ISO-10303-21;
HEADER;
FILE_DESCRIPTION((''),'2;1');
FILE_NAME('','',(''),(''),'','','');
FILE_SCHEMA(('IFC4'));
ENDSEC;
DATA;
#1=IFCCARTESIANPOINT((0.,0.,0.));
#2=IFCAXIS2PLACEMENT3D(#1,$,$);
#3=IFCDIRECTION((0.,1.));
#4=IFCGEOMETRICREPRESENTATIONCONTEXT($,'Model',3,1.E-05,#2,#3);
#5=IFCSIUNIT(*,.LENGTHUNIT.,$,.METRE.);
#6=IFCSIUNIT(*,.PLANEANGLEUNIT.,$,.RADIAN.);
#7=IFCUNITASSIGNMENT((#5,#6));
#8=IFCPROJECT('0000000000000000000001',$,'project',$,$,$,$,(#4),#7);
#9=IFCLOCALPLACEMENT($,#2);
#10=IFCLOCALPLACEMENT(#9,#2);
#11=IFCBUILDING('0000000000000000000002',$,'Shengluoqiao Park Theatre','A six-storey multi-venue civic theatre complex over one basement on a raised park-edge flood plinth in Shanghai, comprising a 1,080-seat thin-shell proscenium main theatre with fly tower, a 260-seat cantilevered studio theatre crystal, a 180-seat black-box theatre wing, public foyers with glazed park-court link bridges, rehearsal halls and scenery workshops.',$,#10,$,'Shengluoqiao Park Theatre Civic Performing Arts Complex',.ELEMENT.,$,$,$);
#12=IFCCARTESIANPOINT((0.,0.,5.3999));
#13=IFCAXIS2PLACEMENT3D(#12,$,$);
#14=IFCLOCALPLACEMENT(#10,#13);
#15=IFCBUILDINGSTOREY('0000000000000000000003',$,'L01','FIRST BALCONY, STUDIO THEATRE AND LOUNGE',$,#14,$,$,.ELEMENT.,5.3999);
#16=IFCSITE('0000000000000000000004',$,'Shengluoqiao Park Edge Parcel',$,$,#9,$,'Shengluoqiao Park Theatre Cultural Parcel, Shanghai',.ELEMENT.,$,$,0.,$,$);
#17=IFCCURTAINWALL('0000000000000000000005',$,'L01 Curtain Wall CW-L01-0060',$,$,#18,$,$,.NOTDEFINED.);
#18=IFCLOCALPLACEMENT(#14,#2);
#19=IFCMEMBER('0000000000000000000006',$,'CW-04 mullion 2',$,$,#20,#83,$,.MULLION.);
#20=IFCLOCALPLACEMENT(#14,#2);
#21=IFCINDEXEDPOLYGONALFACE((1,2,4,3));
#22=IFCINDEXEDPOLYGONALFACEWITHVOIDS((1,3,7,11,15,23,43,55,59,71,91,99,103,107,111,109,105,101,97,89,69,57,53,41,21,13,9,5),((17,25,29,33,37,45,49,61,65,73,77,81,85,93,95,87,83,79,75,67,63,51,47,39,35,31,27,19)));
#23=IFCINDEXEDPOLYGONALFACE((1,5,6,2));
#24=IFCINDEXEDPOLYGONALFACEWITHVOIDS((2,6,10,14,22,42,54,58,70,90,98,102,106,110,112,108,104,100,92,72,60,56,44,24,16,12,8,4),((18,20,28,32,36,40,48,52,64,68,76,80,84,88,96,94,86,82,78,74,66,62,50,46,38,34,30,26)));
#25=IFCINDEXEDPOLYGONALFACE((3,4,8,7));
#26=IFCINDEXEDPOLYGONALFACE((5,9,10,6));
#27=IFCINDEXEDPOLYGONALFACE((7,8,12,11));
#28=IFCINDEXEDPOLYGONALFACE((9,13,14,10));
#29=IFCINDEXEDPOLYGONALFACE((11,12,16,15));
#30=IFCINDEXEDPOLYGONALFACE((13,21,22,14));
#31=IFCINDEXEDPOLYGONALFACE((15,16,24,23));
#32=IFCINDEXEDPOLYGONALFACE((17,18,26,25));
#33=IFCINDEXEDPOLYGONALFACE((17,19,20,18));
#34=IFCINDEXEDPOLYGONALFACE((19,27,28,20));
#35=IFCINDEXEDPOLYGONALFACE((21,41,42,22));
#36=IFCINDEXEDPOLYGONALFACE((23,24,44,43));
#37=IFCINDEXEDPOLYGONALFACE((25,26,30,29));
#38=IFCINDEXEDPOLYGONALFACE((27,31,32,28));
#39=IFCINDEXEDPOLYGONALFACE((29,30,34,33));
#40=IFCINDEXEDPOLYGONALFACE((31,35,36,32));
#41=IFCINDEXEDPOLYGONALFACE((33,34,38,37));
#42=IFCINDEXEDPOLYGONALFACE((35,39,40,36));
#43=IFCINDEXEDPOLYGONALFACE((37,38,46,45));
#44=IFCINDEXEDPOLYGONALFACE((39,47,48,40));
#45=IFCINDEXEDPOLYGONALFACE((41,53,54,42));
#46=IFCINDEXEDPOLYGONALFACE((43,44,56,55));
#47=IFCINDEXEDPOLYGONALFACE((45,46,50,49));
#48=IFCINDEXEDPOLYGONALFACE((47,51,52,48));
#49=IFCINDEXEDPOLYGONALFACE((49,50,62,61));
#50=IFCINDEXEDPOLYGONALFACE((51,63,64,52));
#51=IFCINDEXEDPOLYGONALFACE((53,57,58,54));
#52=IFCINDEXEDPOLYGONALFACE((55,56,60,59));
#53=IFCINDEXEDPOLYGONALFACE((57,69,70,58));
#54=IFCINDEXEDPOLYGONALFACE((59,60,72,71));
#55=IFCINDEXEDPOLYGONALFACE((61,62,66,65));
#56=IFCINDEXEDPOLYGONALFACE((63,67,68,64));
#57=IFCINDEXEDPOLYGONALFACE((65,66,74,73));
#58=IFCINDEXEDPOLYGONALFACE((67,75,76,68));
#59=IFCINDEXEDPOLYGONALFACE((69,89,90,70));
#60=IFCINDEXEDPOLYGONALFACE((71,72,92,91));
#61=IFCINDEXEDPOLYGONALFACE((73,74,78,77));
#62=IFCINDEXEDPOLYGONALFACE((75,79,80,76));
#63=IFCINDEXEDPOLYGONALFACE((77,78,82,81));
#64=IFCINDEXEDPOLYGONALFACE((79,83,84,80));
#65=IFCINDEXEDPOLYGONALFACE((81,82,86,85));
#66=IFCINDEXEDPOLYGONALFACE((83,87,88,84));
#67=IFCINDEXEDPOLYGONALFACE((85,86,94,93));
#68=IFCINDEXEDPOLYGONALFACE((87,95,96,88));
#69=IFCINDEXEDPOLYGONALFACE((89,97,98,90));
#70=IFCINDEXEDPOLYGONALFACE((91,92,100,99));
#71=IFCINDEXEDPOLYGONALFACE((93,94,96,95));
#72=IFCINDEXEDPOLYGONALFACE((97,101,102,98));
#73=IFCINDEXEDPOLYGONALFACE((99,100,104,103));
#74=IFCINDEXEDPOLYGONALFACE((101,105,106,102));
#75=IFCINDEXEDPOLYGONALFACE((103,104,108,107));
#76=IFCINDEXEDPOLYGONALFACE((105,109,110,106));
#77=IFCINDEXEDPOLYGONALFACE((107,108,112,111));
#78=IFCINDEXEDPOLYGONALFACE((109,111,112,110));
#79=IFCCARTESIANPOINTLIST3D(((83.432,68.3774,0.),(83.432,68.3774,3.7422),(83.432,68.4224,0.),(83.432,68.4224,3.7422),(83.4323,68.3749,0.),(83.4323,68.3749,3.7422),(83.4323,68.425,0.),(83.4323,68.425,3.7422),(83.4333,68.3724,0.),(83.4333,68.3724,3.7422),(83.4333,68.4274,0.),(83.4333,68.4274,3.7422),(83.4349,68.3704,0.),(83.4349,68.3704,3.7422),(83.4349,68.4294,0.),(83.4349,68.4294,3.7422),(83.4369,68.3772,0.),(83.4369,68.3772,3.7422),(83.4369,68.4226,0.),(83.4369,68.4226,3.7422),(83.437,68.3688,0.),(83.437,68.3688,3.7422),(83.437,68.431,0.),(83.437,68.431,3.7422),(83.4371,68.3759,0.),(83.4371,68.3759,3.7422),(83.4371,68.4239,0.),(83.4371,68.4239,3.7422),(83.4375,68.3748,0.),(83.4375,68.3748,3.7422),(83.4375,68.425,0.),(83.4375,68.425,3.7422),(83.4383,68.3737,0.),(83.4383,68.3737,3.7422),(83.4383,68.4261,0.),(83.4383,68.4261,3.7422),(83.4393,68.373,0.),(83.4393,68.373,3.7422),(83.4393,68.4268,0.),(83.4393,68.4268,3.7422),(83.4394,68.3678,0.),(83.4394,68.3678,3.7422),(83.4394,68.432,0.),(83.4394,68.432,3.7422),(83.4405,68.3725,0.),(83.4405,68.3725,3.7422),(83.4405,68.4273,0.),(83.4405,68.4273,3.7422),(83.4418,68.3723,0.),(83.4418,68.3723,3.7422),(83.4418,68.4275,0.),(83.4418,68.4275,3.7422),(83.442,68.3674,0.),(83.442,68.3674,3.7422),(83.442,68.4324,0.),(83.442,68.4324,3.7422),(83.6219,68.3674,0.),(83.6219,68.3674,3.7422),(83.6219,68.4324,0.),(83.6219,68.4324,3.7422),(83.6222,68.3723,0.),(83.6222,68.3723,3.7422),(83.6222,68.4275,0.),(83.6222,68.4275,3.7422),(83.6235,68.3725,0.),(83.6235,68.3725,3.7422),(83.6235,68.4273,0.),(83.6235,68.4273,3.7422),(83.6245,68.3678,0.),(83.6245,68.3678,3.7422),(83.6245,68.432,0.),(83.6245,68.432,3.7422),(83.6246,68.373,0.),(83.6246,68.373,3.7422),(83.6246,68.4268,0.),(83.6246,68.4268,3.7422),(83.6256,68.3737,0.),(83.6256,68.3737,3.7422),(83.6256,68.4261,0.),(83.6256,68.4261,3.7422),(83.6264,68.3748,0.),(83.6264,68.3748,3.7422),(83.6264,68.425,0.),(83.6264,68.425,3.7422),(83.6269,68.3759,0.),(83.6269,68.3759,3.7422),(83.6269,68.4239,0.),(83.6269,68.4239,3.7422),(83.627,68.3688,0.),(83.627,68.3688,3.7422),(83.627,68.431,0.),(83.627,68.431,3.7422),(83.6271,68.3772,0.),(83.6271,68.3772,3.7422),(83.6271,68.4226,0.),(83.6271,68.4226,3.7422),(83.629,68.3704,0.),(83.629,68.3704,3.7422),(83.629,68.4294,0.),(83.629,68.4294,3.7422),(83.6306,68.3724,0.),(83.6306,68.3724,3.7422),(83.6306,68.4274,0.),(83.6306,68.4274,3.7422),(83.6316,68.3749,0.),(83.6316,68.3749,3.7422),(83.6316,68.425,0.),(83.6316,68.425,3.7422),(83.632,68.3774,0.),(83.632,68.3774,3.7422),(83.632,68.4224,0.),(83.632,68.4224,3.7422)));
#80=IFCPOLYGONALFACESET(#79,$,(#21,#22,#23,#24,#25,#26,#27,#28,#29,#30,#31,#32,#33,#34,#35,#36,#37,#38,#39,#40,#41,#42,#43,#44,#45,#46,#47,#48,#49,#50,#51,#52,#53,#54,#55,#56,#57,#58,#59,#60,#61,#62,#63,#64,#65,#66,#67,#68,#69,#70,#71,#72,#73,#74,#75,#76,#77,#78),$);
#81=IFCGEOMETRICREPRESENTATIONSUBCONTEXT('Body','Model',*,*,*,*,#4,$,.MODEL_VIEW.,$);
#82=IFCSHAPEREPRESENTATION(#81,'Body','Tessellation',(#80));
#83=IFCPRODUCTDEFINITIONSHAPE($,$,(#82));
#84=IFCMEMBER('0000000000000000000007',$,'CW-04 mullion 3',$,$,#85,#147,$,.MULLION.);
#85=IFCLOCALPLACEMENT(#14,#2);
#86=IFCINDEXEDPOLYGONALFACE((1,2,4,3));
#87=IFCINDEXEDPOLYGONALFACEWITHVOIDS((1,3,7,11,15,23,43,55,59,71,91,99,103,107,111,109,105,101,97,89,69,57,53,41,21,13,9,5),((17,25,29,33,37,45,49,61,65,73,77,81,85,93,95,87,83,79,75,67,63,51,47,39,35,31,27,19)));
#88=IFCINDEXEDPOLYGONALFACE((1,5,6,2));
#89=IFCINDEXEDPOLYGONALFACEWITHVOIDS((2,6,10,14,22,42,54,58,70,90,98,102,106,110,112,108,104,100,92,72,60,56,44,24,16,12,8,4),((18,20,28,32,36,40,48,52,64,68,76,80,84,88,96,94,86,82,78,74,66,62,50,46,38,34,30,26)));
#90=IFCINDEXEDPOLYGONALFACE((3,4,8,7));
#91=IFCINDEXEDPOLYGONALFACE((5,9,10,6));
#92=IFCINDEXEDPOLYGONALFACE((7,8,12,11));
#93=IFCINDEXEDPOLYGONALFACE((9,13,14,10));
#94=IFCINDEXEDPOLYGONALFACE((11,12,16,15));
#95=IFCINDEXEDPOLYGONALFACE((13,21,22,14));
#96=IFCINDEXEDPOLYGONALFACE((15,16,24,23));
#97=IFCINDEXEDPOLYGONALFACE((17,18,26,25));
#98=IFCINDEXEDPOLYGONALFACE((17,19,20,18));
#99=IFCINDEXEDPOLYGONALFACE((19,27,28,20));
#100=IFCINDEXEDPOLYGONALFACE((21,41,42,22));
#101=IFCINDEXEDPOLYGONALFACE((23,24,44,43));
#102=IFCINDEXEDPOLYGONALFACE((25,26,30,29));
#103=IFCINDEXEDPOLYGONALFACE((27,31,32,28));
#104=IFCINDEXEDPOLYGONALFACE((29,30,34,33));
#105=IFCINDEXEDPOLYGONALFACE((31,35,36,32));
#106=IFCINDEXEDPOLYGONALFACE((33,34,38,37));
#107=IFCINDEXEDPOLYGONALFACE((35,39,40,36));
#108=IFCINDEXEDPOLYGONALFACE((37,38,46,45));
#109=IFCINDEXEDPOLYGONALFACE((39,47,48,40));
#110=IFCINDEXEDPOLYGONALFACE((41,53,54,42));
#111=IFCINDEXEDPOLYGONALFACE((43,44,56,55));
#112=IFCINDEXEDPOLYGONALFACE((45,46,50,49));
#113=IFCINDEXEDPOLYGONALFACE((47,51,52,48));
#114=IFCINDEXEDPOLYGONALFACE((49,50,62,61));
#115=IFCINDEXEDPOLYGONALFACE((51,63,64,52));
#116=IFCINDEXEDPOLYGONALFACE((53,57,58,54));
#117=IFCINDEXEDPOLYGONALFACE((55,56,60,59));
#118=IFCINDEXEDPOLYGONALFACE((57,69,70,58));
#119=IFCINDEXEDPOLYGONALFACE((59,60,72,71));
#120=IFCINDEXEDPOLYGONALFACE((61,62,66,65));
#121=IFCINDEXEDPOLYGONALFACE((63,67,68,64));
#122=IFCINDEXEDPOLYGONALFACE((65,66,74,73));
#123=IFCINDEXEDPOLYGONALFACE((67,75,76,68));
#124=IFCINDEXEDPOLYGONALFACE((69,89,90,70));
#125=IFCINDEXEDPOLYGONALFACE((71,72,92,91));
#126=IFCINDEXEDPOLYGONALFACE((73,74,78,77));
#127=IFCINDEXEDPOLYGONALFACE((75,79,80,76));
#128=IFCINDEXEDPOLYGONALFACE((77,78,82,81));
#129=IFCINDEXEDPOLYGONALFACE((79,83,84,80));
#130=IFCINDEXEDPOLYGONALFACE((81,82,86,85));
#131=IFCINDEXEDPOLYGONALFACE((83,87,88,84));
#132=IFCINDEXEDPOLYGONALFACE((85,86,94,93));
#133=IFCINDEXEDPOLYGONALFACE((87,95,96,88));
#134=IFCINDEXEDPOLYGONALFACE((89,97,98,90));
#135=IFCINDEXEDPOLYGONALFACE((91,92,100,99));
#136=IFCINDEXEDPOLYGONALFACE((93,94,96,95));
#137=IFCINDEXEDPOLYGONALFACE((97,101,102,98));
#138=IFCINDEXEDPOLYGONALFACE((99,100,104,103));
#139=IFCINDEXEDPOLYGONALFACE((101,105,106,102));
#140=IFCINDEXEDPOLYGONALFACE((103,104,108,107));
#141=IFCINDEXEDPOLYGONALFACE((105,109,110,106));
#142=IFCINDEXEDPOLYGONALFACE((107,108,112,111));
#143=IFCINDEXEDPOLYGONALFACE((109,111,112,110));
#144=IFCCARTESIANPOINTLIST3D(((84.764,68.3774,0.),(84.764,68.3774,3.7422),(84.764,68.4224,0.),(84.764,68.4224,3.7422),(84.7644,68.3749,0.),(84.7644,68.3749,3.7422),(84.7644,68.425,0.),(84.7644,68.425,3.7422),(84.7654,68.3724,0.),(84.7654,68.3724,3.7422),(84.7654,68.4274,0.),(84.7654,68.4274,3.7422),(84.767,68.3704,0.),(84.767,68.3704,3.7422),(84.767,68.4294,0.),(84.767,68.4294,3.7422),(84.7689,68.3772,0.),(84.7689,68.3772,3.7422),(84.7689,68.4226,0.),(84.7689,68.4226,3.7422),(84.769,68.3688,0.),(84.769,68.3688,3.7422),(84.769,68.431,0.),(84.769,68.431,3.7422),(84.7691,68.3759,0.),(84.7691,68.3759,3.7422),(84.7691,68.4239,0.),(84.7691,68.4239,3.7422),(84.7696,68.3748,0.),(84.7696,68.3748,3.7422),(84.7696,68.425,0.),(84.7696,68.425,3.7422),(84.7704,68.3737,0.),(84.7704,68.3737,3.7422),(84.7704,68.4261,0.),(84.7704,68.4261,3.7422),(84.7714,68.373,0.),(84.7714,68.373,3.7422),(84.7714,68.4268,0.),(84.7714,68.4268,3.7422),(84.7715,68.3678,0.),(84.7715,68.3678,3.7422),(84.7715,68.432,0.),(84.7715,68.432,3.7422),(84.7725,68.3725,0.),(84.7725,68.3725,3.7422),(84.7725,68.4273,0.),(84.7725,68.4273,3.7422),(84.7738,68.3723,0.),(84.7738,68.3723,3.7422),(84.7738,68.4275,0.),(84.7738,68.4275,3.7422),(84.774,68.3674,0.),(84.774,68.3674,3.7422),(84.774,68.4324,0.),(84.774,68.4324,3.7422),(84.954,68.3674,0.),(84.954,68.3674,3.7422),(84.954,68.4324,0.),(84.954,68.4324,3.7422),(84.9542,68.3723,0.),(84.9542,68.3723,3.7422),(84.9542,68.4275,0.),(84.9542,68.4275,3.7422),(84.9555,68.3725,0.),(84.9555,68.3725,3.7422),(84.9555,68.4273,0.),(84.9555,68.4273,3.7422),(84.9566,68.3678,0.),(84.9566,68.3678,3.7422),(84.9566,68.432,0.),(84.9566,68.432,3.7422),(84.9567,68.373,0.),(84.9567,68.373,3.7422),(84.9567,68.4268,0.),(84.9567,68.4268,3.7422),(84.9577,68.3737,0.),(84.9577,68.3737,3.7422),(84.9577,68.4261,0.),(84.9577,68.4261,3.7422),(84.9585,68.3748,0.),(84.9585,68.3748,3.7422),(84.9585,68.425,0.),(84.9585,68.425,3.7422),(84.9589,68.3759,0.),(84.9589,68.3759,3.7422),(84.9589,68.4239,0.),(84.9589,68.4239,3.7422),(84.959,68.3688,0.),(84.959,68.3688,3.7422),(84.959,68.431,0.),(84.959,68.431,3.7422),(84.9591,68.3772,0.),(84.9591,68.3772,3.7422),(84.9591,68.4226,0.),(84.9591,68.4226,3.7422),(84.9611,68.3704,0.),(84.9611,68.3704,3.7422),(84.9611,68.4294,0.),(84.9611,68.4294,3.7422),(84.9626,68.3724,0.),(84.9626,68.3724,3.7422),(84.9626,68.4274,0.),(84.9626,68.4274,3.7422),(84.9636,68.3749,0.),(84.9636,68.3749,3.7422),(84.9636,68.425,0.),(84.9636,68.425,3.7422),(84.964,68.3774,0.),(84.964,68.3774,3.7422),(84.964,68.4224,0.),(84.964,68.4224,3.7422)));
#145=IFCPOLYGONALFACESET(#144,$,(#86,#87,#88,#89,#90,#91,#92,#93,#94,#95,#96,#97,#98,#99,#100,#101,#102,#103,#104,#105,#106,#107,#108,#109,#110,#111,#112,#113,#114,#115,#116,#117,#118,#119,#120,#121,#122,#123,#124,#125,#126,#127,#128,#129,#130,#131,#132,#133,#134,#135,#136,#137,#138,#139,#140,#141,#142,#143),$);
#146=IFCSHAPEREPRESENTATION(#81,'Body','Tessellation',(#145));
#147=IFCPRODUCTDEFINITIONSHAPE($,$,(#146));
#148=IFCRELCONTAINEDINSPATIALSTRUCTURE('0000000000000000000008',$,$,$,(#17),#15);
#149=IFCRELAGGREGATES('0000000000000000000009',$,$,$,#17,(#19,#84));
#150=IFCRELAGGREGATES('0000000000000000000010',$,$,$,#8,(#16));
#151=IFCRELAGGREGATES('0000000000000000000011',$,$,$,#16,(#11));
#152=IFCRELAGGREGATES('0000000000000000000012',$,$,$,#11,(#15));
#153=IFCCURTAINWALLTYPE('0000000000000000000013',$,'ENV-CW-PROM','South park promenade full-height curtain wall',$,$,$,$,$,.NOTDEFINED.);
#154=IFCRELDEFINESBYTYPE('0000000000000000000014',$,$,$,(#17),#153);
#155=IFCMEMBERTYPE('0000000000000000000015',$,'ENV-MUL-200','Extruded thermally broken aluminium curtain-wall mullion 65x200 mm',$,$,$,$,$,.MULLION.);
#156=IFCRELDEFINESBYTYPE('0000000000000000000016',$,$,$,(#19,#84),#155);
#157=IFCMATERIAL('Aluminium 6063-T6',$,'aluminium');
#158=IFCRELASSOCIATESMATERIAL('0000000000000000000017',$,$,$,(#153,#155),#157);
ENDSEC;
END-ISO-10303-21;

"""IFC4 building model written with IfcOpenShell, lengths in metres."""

from ifc_helpers import new_model, si_unit, direction, frame, origin, origin_2d, place, context, subcontext, project, spatial, hollow_rectangle, extrude, material, material_profile, profile_set, type_object, element, aggregate, save


model = new_model("IFC4")

# Units and contexts
model_context = context("Model", 3, precision=1e-05, world=origin(), true_north=direction((0.0, 1.0)))
body_context = subcontext(model_context, "Body", "Model", "MODEL_VIEW")
ifc_project = project(units=[si_unit("LENGTHUNIT", "METRE"), si_unit("PLANEANGLEUNIT", "RADIAN")], contexts=[model_context])

# Site, building, storey
site_placement = place(None, origin())
site = spatial("IfcSite", under=ifc_project, at=site_placement, Name="Shengluoqiao Park Edge Parcel", LongName="Shengluoqiao Park Theatre Cultural Parcel, Shanghai", CompositionType="ELEMENT", RefElevation=0.0)
building_placement = place(site_placement, origin())
building = spatial("IfcBuilding", under=site, at=building_placement, Name="Shengluoqiao Park Theatre", Description="A six-storey multi-venue civic theatre complex over one basement on a raised park-edge flood plinth in Shanghai, comprising a 1,080-seat thin-shell proscenium main theatre with fly tower, a 260-seat cantilevered studio theatre crystal, a 180-seat black-box theatre wing, public foyers with glazed park-court link bridges, rehearsal halls and scenery workshops.", LongName="Shengluoqiao Park Theatre Civic Performing Arts Complex", CompositionType="ELEMENT")
storey_placement = place(building_placement, frame((0.0, 0.0, 5.3999)))
storey = spatial("IfcBuildingStorey", under=building, at=storey_placement, Name="L01", Description="FIRST BALCONY, STUDIO THEATRE AND LOUNGE", CompositionType="ELEMENT", Elevation=5.3999)

# Curtain wall, members
ifc_material_1 = material(Name="Aluminium 6063-T6", Category="aluminium")
curtain_wall_type = type_object("IfcCurtainWallType", Name="ENV-CW-PROM", Description="South park promenade full-height curtain wall", PredefinedType="NOTDEFINED", material=ifc_material_1)
ifc_material_profile_1 = material_profile(ifc_material_1, hollow_rectangle(XDim=0.0649, YDim=0.2, WallThickness=0.0049, InnerFilletRadius=0.0049, OuterFilletRadius=0.01, at=origin_2d()), Name="ALU MULLION 200x65x5")
ifc_profile_set_1 = profile_set([ifc_material_profile_1], Name="Aluminium 6063-T6")
member_type_1 = type_object("IfcMemberType", Name="ENV-MUL-200", Description="Extruded thermally broken aluminium curtain-wall mullion 65x200 mm", PredefinedType="MULLION", material=ifc_profile_set_1)
curtain_wall_1_placement = place(storey_placement, origin())
curtain_wall_1 = element("IfcCurtainWall", 1, at=curtain_wall_1_placement, inside=storey, type_object=curtain_wall_type, Name="L01 Curtain Wall CW-L01-0060", PredefinedType="NOTDEFINED")
member_1_placement = place(storey_placement, frame((83.532, 68.3999, 0.0), z_axis=(0.0, 0.0, 1.0), x_axis=(0.0, 1.0, 0.0)))
member_1 = element("IfcMember", 2, at=member_1_placement, type_object=member_type_1, Name="CW-04 mullion 2", PredefinedType="MULLION", context=body_context, shape_type="SweptSolid", body=[
    extrude(hollow_rectangle(XDim=0.0649, YDim=0.2, WallThickness=0.0049, InnerFilletRadius=0.0049, OuterFilletRadius=0.01, at=origin_2d()), origin(), (0.0, 0.0, 1.0), 3.7422),
])
member_2_placement = place(storey_placement, frame((84.864, 68.3999, 0.0), z_axis=(0.0, 0.0, 1.0), x_axis=(0.0, 1.0, 0.0)))
member_2 = element("IfcMember", 3, at=member_2_placement, type_object=member_type_1, Name="CW-04 mullion 3", PredefinedType="MULLION", context=body_context, shape_type="SweptSolid", body=[
    extrude(hollow_rectangle(XDim=0.0649, YDim=0.2, WallThickness=0.0049, InnerFilletRadius=0.0049, OuterFilletRadius=0.01, at=origin_2d()), origin(), (0.0, 0.0, 1.0), 3.7422),
])

aggregate(curtain_wall_1, [member_1, member_2])

save(model, "model.ifc")
